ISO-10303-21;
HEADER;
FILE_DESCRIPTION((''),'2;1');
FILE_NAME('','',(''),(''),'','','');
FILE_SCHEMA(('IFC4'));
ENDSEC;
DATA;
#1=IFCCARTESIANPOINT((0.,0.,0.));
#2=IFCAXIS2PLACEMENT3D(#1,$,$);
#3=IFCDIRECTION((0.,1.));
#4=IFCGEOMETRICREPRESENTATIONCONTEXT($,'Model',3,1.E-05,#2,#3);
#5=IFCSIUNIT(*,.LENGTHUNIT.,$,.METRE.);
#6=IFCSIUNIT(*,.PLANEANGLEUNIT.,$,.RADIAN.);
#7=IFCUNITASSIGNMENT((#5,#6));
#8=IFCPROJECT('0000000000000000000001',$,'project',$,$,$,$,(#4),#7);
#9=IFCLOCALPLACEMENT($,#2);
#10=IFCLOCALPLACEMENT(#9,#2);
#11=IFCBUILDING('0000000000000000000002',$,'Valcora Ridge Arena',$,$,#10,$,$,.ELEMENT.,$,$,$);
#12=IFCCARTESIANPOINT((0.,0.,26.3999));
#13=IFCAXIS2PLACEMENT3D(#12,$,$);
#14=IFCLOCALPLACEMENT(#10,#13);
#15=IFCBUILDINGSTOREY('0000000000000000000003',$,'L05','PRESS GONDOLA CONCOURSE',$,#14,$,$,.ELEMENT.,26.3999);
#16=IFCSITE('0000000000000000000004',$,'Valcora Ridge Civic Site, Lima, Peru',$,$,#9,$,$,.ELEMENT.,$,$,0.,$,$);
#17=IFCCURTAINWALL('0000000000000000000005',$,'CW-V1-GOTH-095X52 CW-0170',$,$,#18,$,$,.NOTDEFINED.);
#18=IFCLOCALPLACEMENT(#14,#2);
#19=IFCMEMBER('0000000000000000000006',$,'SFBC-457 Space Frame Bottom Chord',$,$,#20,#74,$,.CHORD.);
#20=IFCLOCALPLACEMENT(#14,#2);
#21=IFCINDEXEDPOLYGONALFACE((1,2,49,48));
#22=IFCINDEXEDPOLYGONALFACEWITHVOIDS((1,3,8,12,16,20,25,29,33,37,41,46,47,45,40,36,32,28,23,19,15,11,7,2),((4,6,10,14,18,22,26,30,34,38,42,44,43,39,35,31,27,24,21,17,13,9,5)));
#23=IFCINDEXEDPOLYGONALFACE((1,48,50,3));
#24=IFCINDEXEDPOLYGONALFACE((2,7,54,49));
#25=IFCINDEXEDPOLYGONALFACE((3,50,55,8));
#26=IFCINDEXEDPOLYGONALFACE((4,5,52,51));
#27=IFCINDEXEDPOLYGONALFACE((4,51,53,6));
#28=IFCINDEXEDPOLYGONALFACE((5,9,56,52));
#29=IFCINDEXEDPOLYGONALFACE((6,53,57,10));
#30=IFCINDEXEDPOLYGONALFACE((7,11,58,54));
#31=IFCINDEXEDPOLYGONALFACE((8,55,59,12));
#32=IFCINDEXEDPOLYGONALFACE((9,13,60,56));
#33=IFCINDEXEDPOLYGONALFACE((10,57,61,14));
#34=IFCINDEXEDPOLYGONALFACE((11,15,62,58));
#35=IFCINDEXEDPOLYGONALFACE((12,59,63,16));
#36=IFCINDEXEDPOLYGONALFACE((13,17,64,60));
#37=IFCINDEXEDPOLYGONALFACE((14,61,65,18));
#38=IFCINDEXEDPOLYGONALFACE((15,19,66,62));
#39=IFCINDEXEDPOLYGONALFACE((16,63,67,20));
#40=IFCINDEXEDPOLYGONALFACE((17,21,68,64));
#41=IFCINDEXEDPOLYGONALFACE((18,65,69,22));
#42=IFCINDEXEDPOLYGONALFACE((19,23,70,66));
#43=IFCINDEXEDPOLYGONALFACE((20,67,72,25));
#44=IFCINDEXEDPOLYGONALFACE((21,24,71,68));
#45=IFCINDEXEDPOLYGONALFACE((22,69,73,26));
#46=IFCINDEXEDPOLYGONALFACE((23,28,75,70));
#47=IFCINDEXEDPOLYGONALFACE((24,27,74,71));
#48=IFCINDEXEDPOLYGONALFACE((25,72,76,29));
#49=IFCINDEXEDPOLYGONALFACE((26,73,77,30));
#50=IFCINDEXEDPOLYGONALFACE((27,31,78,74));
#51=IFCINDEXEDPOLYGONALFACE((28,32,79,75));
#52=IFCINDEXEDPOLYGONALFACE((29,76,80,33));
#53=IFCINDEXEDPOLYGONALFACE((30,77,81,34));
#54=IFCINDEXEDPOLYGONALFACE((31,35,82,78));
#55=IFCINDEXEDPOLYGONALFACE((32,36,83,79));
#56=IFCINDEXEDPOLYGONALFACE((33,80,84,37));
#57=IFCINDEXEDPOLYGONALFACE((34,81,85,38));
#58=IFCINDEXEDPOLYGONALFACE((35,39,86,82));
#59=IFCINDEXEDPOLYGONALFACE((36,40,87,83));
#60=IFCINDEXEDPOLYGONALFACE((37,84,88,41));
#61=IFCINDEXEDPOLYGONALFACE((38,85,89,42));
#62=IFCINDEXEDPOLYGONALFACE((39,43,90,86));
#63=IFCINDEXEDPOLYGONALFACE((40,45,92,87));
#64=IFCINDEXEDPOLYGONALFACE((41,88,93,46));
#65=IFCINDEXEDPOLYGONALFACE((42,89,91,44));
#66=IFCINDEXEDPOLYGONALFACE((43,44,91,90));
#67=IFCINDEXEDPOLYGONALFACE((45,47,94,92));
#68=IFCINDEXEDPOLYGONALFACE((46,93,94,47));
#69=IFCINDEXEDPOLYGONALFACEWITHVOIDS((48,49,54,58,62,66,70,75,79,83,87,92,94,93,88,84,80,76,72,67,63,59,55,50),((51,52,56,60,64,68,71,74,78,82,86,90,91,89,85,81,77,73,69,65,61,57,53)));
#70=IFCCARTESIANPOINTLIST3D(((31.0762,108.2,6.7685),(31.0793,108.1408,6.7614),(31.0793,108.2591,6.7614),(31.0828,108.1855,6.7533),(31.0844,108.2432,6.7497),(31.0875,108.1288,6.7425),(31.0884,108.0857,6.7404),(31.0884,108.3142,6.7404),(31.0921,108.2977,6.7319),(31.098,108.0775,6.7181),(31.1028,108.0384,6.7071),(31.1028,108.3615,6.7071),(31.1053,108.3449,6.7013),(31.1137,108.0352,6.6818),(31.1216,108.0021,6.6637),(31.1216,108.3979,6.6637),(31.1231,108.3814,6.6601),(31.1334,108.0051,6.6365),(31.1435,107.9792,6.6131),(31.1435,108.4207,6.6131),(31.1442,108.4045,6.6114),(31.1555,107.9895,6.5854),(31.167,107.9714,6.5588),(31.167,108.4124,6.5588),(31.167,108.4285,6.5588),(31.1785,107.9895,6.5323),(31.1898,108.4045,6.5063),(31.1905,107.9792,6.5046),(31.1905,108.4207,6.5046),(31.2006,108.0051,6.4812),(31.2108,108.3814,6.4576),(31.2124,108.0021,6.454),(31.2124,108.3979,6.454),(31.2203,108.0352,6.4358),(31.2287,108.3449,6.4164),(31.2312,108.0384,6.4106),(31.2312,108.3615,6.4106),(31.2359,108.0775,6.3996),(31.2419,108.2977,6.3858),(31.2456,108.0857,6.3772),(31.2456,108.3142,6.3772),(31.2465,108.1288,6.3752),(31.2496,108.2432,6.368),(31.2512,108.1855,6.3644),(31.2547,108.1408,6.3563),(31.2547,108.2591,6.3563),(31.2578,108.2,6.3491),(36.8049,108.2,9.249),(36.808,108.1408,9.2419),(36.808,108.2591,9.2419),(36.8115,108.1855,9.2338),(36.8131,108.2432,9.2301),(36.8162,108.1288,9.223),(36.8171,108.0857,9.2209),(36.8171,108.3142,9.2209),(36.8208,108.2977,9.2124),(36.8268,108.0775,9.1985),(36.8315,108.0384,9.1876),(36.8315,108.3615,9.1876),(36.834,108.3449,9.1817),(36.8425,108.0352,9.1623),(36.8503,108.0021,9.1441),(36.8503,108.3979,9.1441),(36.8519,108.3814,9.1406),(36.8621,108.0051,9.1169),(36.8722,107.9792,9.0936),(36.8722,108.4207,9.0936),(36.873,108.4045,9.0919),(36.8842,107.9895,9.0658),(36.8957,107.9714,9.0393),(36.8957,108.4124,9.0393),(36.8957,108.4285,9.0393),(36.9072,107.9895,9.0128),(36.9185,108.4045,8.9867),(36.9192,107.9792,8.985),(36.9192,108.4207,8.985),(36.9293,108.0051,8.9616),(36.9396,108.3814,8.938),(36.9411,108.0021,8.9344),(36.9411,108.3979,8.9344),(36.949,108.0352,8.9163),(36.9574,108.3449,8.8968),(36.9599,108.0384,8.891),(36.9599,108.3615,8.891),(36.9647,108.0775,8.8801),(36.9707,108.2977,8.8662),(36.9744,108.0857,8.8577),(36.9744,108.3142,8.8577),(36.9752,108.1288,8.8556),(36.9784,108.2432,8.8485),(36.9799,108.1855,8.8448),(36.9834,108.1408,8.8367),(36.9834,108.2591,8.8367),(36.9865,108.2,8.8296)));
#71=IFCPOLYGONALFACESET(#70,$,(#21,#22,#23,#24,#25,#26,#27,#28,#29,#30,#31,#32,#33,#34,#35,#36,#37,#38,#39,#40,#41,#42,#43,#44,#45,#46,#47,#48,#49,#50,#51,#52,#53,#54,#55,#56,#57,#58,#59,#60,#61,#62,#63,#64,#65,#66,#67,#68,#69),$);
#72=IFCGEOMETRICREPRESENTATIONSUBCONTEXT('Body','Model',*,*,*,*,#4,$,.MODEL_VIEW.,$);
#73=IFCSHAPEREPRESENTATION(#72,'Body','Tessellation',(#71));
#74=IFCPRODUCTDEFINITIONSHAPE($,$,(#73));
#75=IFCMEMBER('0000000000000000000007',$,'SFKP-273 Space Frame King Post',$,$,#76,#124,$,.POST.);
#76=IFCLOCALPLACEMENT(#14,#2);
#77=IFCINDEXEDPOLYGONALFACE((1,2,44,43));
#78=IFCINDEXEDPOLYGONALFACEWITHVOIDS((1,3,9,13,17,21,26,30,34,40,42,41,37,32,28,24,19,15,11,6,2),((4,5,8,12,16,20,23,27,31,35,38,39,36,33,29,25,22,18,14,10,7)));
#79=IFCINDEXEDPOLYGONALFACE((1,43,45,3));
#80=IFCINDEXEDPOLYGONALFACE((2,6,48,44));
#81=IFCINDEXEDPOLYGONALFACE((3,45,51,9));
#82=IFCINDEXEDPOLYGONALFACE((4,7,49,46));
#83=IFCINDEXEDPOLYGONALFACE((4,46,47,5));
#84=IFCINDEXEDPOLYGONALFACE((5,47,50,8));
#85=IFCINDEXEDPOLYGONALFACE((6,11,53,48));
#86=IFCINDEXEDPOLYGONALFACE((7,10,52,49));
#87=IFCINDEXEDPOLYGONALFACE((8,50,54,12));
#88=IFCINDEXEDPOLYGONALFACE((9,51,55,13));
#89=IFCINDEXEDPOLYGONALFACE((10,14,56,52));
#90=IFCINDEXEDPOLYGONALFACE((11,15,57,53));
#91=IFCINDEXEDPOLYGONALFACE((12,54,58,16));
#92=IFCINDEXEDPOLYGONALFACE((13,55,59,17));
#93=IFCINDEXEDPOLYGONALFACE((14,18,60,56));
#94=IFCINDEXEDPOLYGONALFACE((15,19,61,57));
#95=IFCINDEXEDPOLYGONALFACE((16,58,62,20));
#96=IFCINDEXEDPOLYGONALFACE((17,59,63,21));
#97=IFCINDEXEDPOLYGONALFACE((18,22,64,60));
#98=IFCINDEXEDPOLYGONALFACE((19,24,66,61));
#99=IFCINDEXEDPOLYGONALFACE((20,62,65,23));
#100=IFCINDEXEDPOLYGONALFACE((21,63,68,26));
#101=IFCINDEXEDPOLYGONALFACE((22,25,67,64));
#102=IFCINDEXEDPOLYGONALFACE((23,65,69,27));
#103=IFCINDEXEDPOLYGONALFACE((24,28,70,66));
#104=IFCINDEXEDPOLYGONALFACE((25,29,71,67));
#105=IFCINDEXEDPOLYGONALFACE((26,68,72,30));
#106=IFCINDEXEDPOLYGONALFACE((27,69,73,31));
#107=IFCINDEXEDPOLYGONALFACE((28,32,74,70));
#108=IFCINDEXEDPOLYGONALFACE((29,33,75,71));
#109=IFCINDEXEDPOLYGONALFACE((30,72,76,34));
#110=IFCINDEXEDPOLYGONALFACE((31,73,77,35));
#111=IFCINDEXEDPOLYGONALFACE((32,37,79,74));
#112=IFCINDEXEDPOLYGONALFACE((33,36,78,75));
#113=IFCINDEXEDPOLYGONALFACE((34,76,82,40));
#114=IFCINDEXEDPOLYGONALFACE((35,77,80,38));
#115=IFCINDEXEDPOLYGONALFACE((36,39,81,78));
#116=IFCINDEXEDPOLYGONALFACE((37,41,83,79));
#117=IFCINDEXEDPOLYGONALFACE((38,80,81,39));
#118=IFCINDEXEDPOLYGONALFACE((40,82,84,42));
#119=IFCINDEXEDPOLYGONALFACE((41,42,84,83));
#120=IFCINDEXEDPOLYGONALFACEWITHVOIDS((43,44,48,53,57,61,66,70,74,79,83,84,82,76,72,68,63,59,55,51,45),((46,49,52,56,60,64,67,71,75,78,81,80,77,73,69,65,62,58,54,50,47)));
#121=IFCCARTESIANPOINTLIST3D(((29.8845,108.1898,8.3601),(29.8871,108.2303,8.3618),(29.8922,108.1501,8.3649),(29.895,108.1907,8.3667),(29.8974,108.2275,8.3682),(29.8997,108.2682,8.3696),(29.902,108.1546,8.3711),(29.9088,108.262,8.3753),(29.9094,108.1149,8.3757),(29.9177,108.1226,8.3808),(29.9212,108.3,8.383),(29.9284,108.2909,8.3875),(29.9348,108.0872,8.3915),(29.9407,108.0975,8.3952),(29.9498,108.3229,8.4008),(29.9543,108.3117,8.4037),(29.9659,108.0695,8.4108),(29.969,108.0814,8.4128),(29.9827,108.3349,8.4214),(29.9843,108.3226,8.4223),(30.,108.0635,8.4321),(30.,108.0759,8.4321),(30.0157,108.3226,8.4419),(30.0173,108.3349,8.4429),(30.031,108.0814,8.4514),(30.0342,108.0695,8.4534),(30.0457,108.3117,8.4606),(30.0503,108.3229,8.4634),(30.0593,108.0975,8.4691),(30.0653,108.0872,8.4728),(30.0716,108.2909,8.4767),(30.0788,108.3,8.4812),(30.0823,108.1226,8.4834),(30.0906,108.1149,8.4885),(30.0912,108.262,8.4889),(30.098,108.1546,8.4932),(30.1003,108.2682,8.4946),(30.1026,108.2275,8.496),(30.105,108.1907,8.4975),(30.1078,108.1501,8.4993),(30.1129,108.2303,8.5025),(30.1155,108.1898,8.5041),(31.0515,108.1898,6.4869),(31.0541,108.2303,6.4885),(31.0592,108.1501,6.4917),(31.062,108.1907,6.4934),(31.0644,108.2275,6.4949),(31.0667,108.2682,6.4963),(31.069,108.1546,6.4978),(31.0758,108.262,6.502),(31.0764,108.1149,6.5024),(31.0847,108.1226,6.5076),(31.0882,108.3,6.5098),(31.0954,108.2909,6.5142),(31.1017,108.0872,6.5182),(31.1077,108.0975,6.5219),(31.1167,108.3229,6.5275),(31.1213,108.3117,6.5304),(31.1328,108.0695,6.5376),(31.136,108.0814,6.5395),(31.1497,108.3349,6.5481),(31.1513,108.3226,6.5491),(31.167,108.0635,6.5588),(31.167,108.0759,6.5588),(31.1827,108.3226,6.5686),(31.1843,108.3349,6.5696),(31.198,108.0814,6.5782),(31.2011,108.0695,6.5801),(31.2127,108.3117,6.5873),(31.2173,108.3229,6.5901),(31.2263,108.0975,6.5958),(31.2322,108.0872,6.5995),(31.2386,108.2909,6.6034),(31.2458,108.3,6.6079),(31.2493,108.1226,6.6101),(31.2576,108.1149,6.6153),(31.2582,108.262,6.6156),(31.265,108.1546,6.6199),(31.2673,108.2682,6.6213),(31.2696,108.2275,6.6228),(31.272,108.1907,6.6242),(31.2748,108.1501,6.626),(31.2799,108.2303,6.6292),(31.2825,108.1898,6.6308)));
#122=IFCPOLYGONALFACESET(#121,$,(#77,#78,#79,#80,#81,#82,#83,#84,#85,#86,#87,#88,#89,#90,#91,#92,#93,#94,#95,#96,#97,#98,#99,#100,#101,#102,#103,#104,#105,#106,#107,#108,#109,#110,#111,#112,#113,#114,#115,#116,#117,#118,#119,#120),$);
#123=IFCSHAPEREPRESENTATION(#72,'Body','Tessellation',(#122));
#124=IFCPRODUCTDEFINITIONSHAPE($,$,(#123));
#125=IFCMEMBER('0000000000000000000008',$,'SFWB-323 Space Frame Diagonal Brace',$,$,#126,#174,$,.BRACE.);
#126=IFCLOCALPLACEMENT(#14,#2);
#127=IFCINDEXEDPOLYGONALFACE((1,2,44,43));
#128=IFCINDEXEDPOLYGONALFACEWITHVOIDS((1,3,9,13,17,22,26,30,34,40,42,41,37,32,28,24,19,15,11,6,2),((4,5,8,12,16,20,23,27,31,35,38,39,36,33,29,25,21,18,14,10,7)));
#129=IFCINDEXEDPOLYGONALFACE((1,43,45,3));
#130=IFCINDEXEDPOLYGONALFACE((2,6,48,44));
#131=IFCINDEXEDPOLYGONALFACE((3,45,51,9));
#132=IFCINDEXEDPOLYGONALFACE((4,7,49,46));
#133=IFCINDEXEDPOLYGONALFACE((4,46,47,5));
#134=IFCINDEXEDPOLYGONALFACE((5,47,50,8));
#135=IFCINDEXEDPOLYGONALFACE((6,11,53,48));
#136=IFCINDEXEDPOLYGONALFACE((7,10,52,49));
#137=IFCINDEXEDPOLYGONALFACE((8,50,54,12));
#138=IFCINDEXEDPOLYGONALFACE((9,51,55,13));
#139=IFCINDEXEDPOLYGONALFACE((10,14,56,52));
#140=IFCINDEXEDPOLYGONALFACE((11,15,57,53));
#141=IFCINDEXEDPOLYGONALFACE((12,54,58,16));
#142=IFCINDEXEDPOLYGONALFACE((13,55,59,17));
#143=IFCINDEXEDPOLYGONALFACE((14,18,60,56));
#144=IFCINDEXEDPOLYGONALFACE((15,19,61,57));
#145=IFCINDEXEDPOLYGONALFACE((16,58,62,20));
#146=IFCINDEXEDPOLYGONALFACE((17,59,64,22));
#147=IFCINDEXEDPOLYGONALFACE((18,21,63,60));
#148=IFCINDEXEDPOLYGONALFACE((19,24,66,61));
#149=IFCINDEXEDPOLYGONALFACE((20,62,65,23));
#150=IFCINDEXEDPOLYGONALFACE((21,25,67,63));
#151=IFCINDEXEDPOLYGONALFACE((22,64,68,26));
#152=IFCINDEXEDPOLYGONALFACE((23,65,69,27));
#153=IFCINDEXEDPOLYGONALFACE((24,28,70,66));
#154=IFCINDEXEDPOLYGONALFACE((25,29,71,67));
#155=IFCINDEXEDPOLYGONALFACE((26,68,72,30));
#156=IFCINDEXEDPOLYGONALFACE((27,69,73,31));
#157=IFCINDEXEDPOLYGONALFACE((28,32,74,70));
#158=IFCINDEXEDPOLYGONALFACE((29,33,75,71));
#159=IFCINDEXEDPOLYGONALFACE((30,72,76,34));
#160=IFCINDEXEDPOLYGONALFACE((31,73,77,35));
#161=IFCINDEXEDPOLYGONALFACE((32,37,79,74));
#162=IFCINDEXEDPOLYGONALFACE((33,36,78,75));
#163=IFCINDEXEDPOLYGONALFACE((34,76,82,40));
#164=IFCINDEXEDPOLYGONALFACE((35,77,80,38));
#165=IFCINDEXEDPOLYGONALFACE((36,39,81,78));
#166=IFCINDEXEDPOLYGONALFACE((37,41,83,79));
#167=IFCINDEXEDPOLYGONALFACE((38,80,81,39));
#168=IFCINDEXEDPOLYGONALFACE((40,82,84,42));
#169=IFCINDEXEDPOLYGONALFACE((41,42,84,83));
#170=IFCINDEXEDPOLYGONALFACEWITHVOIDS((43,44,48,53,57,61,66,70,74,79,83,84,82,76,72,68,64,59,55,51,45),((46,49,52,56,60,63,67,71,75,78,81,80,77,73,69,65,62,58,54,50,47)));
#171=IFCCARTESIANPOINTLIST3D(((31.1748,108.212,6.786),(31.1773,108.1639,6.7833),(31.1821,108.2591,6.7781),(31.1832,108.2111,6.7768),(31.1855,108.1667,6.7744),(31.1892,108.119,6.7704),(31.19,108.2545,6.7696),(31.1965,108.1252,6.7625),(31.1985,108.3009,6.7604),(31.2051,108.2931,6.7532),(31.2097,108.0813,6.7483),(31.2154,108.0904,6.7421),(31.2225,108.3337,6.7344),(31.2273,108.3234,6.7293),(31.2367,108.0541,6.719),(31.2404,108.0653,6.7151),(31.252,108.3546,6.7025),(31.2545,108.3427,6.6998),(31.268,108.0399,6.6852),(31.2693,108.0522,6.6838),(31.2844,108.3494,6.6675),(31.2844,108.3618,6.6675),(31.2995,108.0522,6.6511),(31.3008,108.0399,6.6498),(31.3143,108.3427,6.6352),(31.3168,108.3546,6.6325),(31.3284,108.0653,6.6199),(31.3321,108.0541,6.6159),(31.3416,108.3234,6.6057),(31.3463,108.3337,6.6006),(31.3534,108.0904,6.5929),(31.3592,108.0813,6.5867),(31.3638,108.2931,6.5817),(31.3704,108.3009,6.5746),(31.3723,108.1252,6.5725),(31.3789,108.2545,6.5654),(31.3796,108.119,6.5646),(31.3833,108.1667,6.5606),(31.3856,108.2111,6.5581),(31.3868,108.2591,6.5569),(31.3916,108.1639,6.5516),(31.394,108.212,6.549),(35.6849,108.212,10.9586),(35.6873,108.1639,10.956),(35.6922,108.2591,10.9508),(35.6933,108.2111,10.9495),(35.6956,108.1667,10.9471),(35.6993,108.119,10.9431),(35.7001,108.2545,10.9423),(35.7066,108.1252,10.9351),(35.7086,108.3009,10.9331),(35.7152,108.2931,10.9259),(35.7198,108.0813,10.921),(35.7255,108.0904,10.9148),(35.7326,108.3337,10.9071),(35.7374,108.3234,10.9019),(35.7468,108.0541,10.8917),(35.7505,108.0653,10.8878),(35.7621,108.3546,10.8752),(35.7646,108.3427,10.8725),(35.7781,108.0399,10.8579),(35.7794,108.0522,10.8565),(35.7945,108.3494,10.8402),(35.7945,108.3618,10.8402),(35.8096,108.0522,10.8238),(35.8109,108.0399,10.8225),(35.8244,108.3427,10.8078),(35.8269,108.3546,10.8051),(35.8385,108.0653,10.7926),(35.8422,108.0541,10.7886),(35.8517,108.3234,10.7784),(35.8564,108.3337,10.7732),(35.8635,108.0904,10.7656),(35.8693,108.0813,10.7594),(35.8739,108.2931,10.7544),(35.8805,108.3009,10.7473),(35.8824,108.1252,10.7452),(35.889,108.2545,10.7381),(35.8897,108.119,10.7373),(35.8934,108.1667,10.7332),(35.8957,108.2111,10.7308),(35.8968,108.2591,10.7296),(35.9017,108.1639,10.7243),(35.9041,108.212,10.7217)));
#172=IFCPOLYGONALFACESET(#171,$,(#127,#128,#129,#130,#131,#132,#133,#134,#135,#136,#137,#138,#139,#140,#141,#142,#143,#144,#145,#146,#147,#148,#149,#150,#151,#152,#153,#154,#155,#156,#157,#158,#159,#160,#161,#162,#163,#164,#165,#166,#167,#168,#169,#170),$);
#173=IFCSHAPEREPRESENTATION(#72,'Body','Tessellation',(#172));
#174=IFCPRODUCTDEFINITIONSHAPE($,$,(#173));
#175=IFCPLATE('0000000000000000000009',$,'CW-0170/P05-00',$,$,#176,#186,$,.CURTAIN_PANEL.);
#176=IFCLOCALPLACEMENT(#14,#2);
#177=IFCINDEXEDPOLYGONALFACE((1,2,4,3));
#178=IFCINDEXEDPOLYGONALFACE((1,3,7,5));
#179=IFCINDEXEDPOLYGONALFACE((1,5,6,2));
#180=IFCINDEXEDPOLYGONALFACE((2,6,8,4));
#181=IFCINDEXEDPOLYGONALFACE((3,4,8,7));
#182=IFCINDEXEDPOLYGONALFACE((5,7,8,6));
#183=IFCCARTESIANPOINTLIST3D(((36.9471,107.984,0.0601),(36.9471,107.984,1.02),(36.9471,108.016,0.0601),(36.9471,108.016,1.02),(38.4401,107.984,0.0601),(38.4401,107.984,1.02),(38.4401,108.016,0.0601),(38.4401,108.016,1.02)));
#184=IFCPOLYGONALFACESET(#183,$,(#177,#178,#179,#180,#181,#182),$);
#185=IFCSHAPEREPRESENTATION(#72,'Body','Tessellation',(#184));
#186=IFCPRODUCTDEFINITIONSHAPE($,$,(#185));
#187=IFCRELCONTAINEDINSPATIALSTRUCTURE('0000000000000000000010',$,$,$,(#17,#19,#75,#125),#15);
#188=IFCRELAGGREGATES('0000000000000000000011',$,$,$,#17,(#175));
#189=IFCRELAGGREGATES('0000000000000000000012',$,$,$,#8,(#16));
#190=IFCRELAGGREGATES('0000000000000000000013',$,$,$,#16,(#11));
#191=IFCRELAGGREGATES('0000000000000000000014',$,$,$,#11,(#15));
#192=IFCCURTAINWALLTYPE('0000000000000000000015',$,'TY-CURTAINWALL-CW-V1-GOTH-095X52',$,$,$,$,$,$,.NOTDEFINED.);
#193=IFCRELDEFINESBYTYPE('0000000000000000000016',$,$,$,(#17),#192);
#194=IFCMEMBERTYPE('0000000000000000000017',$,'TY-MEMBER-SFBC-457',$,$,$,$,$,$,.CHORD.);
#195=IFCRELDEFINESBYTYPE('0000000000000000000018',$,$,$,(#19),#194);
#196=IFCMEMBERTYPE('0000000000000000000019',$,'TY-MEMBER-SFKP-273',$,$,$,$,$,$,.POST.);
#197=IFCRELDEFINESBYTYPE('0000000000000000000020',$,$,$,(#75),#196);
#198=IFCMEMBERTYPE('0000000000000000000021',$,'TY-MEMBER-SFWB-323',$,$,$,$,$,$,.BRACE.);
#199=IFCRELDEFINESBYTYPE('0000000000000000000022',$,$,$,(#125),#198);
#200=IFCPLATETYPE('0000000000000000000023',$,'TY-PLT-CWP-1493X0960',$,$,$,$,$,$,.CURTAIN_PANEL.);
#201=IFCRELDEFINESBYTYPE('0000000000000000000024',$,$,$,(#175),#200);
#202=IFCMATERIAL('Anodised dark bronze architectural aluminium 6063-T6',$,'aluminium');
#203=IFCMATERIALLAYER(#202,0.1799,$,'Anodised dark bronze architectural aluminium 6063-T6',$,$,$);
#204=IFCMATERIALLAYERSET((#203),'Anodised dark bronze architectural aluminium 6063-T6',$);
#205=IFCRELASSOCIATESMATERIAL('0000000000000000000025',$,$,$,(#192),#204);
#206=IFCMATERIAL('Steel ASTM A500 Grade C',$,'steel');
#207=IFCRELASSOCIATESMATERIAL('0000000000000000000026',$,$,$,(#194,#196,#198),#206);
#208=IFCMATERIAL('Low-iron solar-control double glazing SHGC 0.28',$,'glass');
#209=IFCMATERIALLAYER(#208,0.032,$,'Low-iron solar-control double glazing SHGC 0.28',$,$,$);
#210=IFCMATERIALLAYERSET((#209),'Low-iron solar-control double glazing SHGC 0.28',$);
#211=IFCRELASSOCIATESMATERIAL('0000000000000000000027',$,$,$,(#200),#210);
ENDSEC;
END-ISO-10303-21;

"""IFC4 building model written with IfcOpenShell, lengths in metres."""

from ifc_helpers import new_model, si_unit, direction, frame, origin, origin_2d, place, context, subcontext, project, spatial, rectangle, hollow_circle, extrude, material, layer, layer_set, material_profile, profile_set, type_object, element, aggregate, save


model = new_model("IFC4")

# Units and contexts
model_context = context("Model", 3, precision=1e-05, world=origin(), true_north=direction((0.0, 1.0)))
body_context = subcontext(model_context, "Body", "Model", "MODEL_VIEW")
ifc_project = project(units=[si_unit("LENGTHUNIT", "METRE"), si_unit("PLANEANGLEUNIT", "RADIAN")], contexts=[model_context])

# Site, building, storey
site_placement = place(None, origin())
site = spatial("IfcSite", under=ifc_project, at=site_placement, Name="Valcora Ridge Civic Site, Lima, Peru", CompositionType="ELEMENT", RefElevation=0.0)
building_placement = place(site_placement, origin())
building = spatial("IfcBuilding", under=site, at=building_placement, Name="Valcora Ridge Arena", CompositionType="ELEMENT")
storey_placement = place(building_placement, frame((0.0, 0.0, 26.3999)))
storey = spatial("IfcBuildingStorey", under=building, at=storey_placement, Name="L05", Description="PRESS GONDOLA CONCOURSE", CompositionType="ELEMENT", Elevation=26.3999)

# Curtain wall
ifc_material_1 = material(Name="Anodised dark bronze architectural aluminium 6063-T6", Category="aluminium")
ifc_layer_1 = layer(ifc_material_1, 0.1799, Name="Anodised dark bronze architectural aluminium 6063-T6")
ifc_layer_set_1 = layer_set([ifc_layer_1], Name="Anodised dark bronze architectural aluminium 6063-T6")
curtain_wall_type = type_object("IfcCurtainWallType", Name="TY-CURTAINWALL-CW-V1-GOTH-095X52", PredefinedType="NOTDEFINED", material=ifc_layer_set_1)
curtain_wall_placement = place(storey_placement, origin())
curtain_wall = element("IfcCurtainWall", 1, at=curtain_wall_placement, inside=storey, type_object=curtain_wall_type, Name="CW-V1-GOTH-095X52 CW-0170", PredefinedType="NOTDEFINED")

# Members
ifc_material_2 = material(Name="Steel ASTM A500 Grade C", Category="steel")
ifc_material_profile_1 = material_profile(ifc_material_2, hollow_circle(Radius=0.2285, WallThickness=0.0161, at=origin_2d()), Name="CHS457X16")
ifc_profile_set_1 = profile_set([ifc_material_profile_1], Name="Steel ASTM A500 Grade C")
member_type_1 = type_object("IfcMemberType", Name="TY-MEMBER-SFBC-457", PredefinedType="CHORD", material=ifc_profile_set_1)
member_1_placement = place(storey_placement, frame((31.167, 108.2, 6.5588), z_axis=(0.917672, 0.0, 0.397339), x_axis=(0.0, 1.0, 0.0)))
element("IfcMember", 2, at=member_1_placement, inside=storey, type_object=member_type_1, Name="SFBC-457 Space Frame Bottom Chord", PredefinedType="CHORD", context=body_context, shape_type="SweptSolid", body=[
    extrude(hollow_circle(Radius=0.2285, WallThickness=0.0161, at=origin_2d()), origin(), (0.0, 0.0, 1.0), 6.2427),
])
ifc_material_profile_2 = material_profile(ifc_material_2, hollow_circle(Radius=0.1365, WallThickness=0.0125, at=origin_2d()), Name="CHS273X12")
ifc_profile_set_2 = profile_set([ifc_material_profile_2], Name="Steel ASTM A500 Grade C")
member_type_2 = type_object("IfcMemberType", Name="TY-MEMBER-SFKP-273", PredefinedType="POST", material=ifc_profile_set_2)
member_2_placement = place(storey_placement, frame((31.167, 108.2, 6.5588), z_axis=(-0.528755, 0.0, 0.848774), x_axis=(0.0, -1.0, 0.0)))
element("IfcMember", 3, at=member_2_placement, inside=storey, type_object=member_type_2, Name="SFKP-273 Space Frame King Post", PredefinedType="POST", context=body_context, shape_type="SweptSolid", body=[
    extrude(hollow_circle(Radius=0.1365, WallThickness=0.0125, at=origin_2d()), origin(), (0.0, 0.0, 1.0), 2.207),
])
ifc_material_profile_3 = material_profile(ifc_material_2, hollow_circle(Radius=0.1619, WallThickness=0.0125, at=origin_2d()), Name="CHS323X12")
ifc_profile_set_3 = profile_set([ifc_material_profile_3], Name="Steel ASTM A500 Grade C")
member_type_3 = type_object("IfcMemberType", Name="TY-MEMBER-SFWB-323", PredefinedType="BRACE", material=ifc_profile_set_3)
member_3_placement = place(storey_placement, frame((31.2844, 108.2, 6.6675), z_axis=(0.734031, 0.0, 0.679116), x_axis=(0.0, 1.0, 0.0)))
element("IfcMember", 4, at=member_3_placement, inside=storey, type_object=member_type_3, Name="SFWB-323 Space Frame Diagonal Brace", PredefinedType="BRACE", context=body_context, shape_type="SweptSolid", body=[
    extrude(hollow_circle(Radius=0.1619, WallThickness=0.0125, at=origin_2d()), origin(), (0.0, 0.0, 1.0), 6.1443),
])

# Plate
ifc_material_3 = material(Name="Low-iron solar-control double glazing SHGC 0.28", Category="glass")
ifc_layer_2 = layer(ifc_material_3, 0.032, Name="Low-iron solar-control double glazing SHGC 0.28")
ifc_layer_set_2 = layer_set([ifc_layer_2], Name="Low-iron solar-control double glazing SHGC 0.28")
plate_type_1 = type_object("IfcPlateType", Name="TY-PLT-CWP-1493X0960", PredefinedType="CURTAIN_PANEL", material=ifc_layer_set_2)
plate_1_placement = place(storey_placement, frame((37.6936, 108.0, 0.0601), z_axis=(0.0, 0.0, 1.0), x_axis=(1.0, 0.0, 0.0)))
plate_1 = element("IfcPlate", 5, at=plate_1_placement, type_object=plate_type_1, Name="CW-0170/P05-00", PredefinedType="CURTAIN_PANEL", context=body_context, shape_type="SweptSolid", body=[
    extrude(rectangle(XDim=1.4929, YDim=0.032, at=origin_2d()), origin(), (0.0, 0.0, 1.0), 0.96),
])
aggregate(curtain_wall, [plate_1])

save(model, "model.ifc")
